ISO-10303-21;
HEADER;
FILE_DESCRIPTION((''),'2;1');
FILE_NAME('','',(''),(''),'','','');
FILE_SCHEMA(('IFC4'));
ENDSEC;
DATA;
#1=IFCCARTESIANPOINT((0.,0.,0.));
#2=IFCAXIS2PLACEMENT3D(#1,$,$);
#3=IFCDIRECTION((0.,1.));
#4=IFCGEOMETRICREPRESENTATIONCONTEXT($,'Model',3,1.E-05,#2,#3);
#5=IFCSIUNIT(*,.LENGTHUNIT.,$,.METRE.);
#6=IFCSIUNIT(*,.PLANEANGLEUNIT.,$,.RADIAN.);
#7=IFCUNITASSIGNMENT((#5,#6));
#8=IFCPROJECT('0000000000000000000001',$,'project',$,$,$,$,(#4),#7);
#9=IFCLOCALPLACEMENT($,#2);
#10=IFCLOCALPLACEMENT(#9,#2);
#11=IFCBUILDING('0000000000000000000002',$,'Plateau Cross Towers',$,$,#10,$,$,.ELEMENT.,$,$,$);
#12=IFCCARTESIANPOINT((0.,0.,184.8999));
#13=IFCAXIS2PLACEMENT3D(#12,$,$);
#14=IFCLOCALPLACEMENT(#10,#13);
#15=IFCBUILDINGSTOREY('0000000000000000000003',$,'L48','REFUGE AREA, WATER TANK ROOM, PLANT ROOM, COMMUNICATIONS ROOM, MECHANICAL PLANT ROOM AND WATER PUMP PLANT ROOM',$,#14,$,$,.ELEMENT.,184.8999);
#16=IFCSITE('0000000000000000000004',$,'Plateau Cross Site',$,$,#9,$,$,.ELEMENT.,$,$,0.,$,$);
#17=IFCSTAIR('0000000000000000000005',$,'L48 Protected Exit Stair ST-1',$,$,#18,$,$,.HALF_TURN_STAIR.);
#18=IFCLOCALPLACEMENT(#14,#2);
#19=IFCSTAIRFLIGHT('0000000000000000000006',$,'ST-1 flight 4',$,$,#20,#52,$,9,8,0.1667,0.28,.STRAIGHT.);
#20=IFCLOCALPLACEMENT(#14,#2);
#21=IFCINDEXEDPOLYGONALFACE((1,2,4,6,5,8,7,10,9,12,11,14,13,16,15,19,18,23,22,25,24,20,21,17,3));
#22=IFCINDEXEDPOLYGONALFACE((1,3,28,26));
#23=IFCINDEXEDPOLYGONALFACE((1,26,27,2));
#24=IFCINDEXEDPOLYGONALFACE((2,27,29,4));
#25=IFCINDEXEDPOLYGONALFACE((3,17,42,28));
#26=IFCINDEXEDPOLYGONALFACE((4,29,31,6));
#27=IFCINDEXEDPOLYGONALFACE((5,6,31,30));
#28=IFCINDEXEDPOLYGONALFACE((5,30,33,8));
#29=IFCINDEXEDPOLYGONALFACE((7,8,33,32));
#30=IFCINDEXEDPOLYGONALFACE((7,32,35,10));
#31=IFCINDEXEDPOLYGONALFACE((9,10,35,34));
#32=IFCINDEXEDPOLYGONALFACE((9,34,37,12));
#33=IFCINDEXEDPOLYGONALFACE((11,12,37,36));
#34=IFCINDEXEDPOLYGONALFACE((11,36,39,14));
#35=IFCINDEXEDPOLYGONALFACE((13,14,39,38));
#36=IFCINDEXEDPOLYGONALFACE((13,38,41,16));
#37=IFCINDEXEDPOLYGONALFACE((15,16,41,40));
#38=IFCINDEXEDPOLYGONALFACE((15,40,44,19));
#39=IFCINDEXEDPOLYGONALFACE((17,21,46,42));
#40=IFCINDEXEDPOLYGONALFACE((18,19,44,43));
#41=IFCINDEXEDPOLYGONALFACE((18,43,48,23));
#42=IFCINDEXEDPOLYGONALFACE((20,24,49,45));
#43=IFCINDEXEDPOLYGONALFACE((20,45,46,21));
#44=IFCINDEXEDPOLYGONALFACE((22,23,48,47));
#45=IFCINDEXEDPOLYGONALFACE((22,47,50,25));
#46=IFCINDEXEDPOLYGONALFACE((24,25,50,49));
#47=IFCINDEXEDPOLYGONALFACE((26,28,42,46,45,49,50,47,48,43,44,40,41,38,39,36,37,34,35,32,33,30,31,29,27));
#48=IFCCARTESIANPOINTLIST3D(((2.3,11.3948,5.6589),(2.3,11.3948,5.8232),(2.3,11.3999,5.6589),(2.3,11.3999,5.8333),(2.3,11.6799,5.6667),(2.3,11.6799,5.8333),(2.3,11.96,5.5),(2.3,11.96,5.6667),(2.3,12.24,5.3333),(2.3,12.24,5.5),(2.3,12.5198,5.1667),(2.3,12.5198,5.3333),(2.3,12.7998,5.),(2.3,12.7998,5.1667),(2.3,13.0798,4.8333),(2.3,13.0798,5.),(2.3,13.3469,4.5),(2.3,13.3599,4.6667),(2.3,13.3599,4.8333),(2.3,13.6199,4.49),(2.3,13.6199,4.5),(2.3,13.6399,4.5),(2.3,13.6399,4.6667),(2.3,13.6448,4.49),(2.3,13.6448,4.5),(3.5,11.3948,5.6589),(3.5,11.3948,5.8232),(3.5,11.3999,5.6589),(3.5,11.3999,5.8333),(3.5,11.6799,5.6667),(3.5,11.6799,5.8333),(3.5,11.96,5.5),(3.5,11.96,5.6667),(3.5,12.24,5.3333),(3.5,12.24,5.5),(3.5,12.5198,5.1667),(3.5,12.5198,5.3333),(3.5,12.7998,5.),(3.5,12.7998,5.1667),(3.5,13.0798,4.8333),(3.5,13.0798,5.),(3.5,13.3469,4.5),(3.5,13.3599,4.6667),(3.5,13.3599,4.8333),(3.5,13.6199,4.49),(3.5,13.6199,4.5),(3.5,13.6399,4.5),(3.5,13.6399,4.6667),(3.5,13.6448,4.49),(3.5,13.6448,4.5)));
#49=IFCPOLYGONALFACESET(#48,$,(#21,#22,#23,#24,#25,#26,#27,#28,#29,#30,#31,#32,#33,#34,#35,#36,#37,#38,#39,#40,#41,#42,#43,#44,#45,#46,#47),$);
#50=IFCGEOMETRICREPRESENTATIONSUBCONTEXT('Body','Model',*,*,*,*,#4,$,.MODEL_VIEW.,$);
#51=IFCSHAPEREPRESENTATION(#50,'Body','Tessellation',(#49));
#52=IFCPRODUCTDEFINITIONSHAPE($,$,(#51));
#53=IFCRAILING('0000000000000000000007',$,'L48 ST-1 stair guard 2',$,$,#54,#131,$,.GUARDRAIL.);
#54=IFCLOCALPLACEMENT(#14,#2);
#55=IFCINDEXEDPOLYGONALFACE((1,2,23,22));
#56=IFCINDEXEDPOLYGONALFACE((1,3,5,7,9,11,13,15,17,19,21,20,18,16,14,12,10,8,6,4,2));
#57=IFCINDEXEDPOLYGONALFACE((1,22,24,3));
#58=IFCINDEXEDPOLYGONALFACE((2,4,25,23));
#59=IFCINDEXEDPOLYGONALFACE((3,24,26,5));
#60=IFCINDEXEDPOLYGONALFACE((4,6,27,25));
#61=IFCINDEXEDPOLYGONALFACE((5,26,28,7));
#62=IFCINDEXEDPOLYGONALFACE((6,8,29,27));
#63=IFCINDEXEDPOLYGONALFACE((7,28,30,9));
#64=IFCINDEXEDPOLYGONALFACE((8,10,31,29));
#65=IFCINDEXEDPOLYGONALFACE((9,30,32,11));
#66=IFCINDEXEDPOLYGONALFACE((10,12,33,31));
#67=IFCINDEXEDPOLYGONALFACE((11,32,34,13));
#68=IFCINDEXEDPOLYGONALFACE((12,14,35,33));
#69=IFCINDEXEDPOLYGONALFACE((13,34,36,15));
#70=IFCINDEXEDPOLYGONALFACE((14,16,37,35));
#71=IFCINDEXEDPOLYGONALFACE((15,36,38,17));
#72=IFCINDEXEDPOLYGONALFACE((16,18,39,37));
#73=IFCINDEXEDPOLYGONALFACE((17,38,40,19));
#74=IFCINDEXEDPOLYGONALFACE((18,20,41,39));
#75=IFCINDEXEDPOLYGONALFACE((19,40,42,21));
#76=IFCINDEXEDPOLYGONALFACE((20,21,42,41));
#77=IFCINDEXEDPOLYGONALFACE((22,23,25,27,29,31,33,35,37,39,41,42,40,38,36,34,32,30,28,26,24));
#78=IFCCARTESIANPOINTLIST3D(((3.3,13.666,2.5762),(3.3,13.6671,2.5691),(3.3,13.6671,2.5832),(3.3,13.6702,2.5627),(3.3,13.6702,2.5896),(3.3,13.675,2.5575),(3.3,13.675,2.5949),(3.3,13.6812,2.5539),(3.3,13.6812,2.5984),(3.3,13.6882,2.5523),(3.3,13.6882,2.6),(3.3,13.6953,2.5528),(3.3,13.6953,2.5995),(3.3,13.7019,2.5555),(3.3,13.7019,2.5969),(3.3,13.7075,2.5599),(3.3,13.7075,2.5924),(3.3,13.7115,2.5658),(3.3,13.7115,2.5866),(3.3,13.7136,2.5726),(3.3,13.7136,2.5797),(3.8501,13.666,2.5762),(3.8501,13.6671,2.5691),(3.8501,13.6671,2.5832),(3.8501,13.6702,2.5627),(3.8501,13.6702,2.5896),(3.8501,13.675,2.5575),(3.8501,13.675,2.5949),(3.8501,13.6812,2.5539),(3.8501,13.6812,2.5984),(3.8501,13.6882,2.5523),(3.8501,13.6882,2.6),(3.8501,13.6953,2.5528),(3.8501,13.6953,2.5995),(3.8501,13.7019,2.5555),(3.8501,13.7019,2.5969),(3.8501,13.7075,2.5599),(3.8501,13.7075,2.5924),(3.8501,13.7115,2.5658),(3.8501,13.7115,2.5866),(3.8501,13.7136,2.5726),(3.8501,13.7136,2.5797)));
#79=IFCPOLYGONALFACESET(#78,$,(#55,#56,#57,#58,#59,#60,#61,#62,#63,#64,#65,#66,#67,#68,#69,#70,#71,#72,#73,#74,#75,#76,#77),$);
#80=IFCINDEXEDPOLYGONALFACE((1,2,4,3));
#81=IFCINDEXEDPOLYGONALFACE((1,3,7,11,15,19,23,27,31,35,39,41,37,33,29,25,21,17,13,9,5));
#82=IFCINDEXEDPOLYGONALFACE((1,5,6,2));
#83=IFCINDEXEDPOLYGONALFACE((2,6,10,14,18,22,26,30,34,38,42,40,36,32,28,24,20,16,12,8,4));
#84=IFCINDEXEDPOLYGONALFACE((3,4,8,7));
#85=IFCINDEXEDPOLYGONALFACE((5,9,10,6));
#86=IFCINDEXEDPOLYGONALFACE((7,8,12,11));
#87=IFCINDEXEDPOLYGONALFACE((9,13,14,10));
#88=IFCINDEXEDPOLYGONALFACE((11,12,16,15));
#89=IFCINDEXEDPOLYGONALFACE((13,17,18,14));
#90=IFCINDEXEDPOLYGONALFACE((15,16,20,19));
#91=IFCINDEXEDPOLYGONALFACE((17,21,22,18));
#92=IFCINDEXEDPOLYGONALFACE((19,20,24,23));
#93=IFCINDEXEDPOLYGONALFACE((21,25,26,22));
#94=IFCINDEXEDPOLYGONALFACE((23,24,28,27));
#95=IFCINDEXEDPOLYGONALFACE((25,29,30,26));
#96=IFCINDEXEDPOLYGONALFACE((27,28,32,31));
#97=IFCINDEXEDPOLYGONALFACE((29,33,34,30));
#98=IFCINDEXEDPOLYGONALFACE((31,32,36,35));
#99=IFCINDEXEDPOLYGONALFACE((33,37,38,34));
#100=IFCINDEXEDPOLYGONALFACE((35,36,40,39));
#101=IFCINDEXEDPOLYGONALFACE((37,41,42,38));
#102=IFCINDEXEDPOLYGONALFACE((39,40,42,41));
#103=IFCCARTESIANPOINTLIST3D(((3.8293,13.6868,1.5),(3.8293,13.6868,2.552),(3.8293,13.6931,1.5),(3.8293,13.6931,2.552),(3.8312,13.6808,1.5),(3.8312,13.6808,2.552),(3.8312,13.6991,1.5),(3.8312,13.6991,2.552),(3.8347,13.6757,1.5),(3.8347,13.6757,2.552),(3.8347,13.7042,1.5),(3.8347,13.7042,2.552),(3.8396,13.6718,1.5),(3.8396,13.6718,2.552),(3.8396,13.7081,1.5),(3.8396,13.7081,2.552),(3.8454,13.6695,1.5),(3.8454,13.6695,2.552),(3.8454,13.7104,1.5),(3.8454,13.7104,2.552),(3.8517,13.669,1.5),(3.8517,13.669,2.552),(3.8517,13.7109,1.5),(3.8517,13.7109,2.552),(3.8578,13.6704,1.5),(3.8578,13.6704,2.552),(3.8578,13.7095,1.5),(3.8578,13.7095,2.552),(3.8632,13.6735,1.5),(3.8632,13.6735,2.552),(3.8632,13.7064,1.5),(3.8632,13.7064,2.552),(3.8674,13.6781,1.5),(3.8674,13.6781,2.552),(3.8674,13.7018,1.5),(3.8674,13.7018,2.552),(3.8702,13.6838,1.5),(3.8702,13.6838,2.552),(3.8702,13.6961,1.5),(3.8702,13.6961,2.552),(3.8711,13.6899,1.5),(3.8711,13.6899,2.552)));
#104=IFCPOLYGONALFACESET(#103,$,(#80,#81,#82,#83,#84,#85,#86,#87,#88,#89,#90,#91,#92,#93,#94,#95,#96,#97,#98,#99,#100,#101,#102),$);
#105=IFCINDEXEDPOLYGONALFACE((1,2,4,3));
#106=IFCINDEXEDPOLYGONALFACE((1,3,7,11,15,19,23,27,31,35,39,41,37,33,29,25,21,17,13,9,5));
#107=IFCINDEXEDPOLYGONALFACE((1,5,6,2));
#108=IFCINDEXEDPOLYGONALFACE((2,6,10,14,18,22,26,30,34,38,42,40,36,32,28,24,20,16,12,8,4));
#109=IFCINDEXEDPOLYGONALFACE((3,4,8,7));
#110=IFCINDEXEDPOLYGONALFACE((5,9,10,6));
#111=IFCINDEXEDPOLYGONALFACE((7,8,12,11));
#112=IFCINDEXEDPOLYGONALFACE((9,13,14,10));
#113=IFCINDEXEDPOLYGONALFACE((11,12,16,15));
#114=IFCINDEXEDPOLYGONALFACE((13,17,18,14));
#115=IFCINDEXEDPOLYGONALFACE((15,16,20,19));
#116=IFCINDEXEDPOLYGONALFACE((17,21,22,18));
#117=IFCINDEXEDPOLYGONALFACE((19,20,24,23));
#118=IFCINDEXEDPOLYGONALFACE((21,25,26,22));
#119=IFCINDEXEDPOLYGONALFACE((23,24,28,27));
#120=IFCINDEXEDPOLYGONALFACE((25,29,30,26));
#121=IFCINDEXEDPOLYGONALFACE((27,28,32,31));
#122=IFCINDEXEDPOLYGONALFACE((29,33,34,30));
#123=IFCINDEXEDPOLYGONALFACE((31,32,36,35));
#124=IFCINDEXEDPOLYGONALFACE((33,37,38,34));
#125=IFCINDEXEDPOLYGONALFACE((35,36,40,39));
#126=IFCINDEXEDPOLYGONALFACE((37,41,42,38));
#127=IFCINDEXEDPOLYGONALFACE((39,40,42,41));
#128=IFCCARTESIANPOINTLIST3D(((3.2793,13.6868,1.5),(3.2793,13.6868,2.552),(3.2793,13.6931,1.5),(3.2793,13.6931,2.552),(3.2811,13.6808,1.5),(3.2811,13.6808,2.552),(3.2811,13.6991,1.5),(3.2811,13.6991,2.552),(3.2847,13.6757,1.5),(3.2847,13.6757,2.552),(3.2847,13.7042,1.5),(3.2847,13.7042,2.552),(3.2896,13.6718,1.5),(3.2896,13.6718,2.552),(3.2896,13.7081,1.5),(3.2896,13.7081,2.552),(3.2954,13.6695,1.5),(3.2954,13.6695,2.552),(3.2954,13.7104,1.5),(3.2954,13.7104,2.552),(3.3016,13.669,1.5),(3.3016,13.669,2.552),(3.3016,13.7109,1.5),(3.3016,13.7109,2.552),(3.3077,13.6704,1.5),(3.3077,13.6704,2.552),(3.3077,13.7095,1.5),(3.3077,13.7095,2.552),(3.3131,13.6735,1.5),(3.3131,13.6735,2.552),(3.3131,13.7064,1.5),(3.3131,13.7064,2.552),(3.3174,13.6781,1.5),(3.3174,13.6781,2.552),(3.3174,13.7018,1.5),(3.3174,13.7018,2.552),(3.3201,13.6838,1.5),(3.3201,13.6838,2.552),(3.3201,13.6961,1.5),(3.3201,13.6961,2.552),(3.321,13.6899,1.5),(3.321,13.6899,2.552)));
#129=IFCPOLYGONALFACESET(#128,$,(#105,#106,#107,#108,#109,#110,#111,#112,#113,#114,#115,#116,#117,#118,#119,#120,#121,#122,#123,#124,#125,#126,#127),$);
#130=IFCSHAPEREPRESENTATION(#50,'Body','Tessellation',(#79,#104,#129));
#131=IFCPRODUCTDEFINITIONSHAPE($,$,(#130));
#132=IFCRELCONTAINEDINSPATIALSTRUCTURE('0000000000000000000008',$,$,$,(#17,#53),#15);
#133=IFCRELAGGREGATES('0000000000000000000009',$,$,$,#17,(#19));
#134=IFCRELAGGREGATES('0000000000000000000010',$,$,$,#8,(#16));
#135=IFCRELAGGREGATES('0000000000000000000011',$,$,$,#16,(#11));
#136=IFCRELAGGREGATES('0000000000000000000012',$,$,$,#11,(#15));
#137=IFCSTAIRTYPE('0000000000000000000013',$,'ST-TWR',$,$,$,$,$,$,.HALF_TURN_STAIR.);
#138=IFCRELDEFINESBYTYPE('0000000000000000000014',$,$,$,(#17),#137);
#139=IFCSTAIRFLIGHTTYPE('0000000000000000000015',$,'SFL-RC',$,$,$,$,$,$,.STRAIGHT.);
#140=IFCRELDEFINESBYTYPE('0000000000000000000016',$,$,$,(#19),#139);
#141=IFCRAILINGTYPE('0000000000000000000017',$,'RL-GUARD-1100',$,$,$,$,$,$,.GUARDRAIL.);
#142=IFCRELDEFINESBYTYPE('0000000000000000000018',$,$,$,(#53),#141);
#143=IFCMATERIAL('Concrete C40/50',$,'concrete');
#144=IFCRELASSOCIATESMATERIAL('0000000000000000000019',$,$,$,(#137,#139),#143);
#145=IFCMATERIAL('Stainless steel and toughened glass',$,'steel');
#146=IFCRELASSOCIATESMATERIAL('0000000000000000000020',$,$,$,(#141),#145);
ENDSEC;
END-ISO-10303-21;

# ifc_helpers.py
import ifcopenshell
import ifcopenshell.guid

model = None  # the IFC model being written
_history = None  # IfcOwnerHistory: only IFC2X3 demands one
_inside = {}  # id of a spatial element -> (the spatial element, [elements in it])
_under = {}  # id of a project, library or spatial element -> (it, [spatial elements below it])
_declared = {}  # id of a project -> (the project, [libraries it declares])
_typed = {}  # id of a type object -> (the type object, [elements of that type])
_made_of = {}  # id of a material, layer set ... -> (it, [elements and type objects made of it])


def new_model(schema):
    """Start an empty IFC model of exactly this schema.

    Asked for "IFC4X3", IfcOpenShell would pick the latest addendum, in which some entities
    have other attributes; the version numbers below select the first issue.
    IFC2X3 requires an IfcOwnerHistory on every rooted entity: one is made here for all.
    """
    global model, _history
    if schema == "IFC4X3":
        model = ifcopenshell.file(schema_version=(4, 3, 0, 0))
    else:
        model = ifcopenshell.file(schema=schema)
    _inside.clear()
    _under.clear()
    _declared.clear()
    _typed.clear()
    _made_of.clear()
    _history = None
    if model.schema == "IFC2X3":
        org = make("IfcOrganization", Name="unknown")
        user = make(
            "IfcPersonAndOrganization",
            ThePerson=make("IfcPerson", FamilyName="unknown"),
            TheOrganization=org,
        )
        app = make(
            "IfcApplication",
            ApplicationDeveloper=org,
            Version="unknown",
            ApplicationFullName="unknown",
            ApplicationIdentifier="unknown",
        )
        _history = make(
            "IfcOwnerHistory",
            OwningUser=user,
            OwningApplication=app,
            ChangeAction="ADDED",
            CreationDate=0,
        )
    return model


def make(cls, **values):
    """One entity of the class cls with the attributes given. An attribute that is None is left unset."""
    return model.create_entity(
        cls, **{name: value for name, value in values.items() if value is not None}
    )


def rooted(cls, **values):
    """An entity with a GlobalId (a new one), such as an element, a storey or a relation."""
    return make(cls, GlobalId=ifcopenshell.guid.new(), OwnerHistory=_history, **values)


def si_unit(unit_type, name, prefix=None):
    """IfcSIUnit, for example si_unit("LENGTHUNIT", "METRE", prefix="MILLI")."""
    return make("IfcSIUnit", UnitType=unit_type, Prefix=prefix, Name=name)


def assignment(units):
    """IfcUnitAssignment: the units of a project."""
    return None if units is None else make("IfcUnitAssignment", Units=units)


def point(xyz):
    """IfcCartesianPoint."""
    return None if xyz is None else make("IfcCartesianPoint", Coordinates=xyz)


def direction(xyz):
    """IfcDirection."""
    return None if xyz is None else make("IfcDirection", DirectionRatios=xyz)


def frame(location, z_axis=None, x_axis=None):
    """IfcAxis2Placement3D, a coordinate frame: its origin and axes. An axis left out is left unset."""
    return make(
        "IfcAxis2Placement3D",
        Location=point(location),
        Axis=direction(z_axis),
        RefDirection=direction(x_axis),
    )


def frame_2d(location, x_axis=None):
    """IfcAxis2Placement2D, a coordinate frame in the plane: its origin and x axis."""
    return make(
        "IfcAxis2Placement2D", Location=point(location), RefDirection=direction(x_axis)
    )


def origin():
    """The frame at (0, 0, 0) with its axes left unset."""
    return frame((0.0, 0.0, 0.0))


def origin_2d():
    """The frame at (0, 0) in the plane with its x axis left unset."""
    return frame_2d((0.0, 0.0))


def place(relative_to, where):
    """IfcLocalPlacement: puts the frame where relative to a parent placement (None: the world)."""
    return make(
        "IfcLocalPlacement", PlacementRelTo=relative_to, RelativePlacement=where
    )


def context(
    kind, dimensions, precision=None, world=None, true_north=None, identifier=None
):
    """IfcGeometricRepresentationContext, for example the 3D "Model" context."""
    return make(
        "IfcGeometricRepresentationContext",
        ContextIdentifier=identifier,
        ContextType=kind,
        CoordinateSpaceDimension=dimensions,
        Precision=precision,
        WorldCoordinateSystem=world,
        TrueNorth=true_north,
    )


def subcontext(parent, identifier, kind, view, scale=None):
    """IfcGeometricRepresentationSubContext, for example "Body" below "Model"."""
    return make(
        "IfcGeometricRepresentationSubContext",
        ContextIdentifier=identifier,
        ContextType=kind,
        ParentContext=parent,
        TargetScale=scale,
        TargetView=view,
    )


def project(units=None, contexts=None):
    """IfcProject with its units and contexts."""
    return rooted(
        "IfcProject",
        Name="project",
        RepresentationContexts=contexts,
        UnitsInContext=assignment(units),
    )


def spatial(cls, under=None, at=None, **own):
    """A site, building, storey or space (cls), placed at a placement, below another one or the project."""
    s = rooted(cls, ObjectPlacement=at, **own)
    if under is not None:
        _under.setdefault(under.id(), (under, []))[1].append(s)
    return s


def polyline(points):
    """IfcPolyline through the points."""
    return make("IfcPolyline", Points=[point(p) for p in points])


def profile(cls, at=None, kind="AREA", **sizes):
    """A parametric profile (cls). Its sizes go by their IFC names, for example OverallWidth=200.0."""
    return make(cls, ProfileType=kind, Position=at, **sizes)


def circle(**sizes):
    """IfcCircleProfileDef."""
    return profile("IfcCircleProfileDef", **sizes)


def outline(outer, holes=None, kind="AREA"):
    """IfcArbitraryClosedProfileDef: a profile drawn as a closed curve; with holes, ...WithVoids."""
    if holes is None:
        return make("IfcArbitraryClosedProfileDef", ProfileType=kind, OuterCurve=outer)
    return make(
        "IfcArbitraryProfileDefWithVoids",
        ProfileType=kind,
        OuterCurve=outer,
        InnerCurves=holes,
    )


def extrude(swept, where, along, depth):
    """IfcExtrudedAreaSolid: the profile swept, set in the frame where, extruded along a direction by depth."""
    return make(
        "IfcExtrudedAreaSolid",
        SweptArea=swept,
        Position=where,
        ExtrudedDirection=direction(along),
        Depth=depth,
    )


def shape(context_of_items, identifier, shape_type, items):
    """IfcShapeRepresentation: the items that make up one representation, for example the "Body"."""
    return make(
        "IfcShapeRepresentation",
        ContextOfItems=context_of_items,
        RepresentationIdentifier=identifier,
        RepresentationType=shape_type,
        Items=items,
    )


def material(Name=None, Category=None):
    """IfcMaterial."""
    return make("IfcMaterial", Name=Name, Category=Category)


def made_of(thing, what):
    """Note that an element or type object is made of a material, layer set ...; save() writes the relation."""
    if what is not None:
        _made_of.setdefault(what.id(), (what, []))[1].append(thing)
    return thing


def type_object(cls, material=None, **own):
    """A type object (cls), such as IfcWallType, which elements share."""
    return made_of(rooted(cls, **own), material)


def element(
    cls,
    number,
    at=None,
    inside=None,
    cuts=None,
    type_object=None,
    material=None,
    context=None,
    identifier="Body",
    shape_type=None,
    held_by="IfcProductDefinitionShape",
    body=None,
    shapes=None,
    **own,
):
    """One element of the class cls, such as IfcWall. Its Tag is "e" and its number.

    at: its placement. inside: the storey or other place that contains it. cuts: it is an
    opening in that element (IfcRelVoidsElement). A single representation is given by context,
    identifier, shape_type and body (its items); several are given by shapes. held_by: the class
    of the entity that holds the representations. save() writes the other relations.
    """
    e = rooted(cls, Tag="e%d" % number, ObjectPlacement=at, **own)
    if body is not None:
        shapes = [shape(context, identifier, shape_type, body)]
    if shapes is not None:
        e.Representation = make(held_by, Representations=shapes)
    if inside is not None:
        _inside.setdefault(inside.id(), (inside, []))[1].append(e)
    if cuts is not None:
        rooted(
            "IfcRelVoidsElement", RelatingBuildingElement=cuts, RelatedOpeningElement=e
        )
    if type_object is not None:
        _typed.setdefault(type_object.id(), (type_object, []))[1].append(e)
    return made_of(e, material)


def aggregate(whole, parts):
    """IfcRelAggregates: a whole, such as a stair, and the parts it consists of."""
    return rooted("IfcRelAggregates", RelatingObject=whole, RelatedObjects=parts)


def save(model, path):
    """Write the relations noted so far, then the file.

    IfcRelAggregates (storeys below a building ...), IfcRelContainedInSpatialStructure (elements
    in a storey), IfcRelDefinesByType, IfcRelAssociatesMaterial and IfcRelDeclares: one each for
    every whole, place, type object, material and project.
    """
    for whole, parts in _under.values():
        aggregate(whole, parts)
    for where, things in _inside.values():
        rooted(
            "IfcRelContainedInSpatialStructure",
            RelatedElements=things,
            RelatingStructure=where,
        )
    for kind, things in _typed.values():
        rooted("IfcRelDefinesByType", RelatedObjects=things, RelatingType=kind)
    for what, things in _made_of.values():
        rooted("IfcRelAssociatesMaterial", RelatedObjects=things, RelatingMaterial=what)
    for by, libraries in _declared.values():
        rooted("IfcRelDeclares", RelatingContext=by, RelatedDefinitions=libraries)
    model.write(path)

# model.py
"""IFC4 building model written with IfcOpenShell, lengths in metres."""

from ifc_helpers import new_model, si_unit, direction, frame, origin, origin_2d, place, context, subcontext, project, spatial, polyline, circle, outline, extrude, material, type_object, element, aggregate, save


model = new_model("IFC4")

# Units and contexts
model_context = context("Model", 3, precision=1e-05, world=origin(), true_north=direction((0.0, 1.0)))
body_context = subcontext(model_context, "Body", "Model", "MODEL_VIEW")
ifc_project = project(units=[si_unit("LENGTHUNIT", "METRE"), si_unit("PLANEANGLEUNIT", "RADIAN")], contexts=[model_context])

# Site, building, storey
site_placement = place(None, origin())
site = spatial("IfcSite", under=ifc_project, at=site_placement, Name="Plateau Cross Site", CompositionType="ELEMENT", RefElevation=0.0)
building_placement = place(site_placement, origin())
building = spatial("IfcBuilding", under=site, at=building_placement, Name="Plateau Cross Towers", CompositionType="ELEMENT")
storey_placement = place(building_placement, frame((0.0, 0.0, 184.8999)))
storey = spatial("IfcBuildingStorey", under=building, at=storey_placement, Name="L48", Description="REFUGE AREA, WATER TANK ROOM, PLANT ROOM, COMMUNICATIONS ROOM, MECHANICAL PLANT ROOM AND WATER PUMP PLANT ROOM", CompositionType="ELEMENT", Elevation=184.8999)

# Stair, stair flight
ifc_material_1 = material(Name="Concrete C40/50", Category="concrete")
stair_type = type_object("IfcStairType", Name="ST-TWR", PredefinedType="HALF_TURN_STAIR", material=ifc_material_1)
stair_placement = place(storey_placement, origin())
stair = element("IfcStair", 1, at=stair_placement, inside=storey, type_object=stair_type, Name="L48 Protected Exit Stair ST-1", PredefinedType="HALF_TURN_STAIR")
stair_flight_type = type_object("IfcStairFlightType", Name="SFL-RC", PredefinedType="STRAIGHT", material=ifc_material_1)
stair_flight_1_placement = place(storey_placement, frame((2.8999, 13.6399, 4.5), z_axis=(0.0, 0.0, 1.0), x_axis=(0.0, -1.0, 0.0)))
stair_flight_1 = element("IfcStairFlight", 2, at=stair_flight_1_placement, type_object=stair_flight_type, Name="ST-1 flight 4", NumberOfRisers=9, NumberOfTreads=8, PredefinedType="STRAIGHT", RiserHeight=0.1667, TreadLength=0.28, context=body_context, shape_type="SweptSolid", body=[
    extrude(outline(polyline([(-0.0049, -0.01), (-0.0049, 0.0), (0.0, 0.0), (0.0, 0.1667), (0.28, 0.1667), (0.28, 0.3333), (0.5601, 0.3333), (0.5601, 0.5), (0.8401, 0.5), (0.8401, 0.6667), (1.1201, 0.6667), (1.1201, 0.8333), (1.3999, 0.8333), (1.3999, 1.0), (1.6799, 1.0), (1.6799, 1.1667), (1.96, 1.1667), (1.96, 1.3333), (2.24, 1.3333), (2.2451, 1.3232), (2.2451, 1.1589), (2.24, 1.1589), (0.293, 0.0), (0.02, 0.0), (0.02, -0.01), (-0.0049, -0.01)])), frame((0.0, 0.6001, 0.0), z_axis=(0.0, -1.0, 0.0), x_axis=(1.0, 0.0, 0.0)), (0.0, 0.0, 1.0), 1.2),
])
aggregate(stair, [stair_flight_1])

# Railing
ifc_material_2 = material(Name="Stainless steel and toughened glass", Category="steel")
railing_type_1 = type_object("IfcRailingType", Name="RL-GUARD-1100", PredefinedType="GUARDRAIL", material=ifc_material_2)
railing_1_placement = place(storey_placement, frame((3.8501, 13.6899, 1.5)))
element("IfcRailing", 3, at=railing_1_placement, inside=storey, type_object=railing_type_1, Name="L48 ST-1 stair guard 2", PredefinedType="GUARDRAIL", context=body_context, shape_type="SweptSolid", body=[
    extrude(circle(Radius=0.0239, at=origin_2d()), frame((0.0, 0.0, 1.0762), z_axis=(-1.0, 0.0, 0.0), x_axis=(0.0, -1.0, 0.0)), (0.0, 0.0, 1.0), 0.55),
    extrude(circle(Radius=0.021, at=origin_2d()), origin(), (0.0, 0.0, 1.0), 1.052),
    extrude(circle(Radius=0.021, at=origin_2d()), frame((-0.55, 0.0, 0.0)), (0.0, 0.0, 1.0), 1.052),
])

save(model, "model.ifc")
